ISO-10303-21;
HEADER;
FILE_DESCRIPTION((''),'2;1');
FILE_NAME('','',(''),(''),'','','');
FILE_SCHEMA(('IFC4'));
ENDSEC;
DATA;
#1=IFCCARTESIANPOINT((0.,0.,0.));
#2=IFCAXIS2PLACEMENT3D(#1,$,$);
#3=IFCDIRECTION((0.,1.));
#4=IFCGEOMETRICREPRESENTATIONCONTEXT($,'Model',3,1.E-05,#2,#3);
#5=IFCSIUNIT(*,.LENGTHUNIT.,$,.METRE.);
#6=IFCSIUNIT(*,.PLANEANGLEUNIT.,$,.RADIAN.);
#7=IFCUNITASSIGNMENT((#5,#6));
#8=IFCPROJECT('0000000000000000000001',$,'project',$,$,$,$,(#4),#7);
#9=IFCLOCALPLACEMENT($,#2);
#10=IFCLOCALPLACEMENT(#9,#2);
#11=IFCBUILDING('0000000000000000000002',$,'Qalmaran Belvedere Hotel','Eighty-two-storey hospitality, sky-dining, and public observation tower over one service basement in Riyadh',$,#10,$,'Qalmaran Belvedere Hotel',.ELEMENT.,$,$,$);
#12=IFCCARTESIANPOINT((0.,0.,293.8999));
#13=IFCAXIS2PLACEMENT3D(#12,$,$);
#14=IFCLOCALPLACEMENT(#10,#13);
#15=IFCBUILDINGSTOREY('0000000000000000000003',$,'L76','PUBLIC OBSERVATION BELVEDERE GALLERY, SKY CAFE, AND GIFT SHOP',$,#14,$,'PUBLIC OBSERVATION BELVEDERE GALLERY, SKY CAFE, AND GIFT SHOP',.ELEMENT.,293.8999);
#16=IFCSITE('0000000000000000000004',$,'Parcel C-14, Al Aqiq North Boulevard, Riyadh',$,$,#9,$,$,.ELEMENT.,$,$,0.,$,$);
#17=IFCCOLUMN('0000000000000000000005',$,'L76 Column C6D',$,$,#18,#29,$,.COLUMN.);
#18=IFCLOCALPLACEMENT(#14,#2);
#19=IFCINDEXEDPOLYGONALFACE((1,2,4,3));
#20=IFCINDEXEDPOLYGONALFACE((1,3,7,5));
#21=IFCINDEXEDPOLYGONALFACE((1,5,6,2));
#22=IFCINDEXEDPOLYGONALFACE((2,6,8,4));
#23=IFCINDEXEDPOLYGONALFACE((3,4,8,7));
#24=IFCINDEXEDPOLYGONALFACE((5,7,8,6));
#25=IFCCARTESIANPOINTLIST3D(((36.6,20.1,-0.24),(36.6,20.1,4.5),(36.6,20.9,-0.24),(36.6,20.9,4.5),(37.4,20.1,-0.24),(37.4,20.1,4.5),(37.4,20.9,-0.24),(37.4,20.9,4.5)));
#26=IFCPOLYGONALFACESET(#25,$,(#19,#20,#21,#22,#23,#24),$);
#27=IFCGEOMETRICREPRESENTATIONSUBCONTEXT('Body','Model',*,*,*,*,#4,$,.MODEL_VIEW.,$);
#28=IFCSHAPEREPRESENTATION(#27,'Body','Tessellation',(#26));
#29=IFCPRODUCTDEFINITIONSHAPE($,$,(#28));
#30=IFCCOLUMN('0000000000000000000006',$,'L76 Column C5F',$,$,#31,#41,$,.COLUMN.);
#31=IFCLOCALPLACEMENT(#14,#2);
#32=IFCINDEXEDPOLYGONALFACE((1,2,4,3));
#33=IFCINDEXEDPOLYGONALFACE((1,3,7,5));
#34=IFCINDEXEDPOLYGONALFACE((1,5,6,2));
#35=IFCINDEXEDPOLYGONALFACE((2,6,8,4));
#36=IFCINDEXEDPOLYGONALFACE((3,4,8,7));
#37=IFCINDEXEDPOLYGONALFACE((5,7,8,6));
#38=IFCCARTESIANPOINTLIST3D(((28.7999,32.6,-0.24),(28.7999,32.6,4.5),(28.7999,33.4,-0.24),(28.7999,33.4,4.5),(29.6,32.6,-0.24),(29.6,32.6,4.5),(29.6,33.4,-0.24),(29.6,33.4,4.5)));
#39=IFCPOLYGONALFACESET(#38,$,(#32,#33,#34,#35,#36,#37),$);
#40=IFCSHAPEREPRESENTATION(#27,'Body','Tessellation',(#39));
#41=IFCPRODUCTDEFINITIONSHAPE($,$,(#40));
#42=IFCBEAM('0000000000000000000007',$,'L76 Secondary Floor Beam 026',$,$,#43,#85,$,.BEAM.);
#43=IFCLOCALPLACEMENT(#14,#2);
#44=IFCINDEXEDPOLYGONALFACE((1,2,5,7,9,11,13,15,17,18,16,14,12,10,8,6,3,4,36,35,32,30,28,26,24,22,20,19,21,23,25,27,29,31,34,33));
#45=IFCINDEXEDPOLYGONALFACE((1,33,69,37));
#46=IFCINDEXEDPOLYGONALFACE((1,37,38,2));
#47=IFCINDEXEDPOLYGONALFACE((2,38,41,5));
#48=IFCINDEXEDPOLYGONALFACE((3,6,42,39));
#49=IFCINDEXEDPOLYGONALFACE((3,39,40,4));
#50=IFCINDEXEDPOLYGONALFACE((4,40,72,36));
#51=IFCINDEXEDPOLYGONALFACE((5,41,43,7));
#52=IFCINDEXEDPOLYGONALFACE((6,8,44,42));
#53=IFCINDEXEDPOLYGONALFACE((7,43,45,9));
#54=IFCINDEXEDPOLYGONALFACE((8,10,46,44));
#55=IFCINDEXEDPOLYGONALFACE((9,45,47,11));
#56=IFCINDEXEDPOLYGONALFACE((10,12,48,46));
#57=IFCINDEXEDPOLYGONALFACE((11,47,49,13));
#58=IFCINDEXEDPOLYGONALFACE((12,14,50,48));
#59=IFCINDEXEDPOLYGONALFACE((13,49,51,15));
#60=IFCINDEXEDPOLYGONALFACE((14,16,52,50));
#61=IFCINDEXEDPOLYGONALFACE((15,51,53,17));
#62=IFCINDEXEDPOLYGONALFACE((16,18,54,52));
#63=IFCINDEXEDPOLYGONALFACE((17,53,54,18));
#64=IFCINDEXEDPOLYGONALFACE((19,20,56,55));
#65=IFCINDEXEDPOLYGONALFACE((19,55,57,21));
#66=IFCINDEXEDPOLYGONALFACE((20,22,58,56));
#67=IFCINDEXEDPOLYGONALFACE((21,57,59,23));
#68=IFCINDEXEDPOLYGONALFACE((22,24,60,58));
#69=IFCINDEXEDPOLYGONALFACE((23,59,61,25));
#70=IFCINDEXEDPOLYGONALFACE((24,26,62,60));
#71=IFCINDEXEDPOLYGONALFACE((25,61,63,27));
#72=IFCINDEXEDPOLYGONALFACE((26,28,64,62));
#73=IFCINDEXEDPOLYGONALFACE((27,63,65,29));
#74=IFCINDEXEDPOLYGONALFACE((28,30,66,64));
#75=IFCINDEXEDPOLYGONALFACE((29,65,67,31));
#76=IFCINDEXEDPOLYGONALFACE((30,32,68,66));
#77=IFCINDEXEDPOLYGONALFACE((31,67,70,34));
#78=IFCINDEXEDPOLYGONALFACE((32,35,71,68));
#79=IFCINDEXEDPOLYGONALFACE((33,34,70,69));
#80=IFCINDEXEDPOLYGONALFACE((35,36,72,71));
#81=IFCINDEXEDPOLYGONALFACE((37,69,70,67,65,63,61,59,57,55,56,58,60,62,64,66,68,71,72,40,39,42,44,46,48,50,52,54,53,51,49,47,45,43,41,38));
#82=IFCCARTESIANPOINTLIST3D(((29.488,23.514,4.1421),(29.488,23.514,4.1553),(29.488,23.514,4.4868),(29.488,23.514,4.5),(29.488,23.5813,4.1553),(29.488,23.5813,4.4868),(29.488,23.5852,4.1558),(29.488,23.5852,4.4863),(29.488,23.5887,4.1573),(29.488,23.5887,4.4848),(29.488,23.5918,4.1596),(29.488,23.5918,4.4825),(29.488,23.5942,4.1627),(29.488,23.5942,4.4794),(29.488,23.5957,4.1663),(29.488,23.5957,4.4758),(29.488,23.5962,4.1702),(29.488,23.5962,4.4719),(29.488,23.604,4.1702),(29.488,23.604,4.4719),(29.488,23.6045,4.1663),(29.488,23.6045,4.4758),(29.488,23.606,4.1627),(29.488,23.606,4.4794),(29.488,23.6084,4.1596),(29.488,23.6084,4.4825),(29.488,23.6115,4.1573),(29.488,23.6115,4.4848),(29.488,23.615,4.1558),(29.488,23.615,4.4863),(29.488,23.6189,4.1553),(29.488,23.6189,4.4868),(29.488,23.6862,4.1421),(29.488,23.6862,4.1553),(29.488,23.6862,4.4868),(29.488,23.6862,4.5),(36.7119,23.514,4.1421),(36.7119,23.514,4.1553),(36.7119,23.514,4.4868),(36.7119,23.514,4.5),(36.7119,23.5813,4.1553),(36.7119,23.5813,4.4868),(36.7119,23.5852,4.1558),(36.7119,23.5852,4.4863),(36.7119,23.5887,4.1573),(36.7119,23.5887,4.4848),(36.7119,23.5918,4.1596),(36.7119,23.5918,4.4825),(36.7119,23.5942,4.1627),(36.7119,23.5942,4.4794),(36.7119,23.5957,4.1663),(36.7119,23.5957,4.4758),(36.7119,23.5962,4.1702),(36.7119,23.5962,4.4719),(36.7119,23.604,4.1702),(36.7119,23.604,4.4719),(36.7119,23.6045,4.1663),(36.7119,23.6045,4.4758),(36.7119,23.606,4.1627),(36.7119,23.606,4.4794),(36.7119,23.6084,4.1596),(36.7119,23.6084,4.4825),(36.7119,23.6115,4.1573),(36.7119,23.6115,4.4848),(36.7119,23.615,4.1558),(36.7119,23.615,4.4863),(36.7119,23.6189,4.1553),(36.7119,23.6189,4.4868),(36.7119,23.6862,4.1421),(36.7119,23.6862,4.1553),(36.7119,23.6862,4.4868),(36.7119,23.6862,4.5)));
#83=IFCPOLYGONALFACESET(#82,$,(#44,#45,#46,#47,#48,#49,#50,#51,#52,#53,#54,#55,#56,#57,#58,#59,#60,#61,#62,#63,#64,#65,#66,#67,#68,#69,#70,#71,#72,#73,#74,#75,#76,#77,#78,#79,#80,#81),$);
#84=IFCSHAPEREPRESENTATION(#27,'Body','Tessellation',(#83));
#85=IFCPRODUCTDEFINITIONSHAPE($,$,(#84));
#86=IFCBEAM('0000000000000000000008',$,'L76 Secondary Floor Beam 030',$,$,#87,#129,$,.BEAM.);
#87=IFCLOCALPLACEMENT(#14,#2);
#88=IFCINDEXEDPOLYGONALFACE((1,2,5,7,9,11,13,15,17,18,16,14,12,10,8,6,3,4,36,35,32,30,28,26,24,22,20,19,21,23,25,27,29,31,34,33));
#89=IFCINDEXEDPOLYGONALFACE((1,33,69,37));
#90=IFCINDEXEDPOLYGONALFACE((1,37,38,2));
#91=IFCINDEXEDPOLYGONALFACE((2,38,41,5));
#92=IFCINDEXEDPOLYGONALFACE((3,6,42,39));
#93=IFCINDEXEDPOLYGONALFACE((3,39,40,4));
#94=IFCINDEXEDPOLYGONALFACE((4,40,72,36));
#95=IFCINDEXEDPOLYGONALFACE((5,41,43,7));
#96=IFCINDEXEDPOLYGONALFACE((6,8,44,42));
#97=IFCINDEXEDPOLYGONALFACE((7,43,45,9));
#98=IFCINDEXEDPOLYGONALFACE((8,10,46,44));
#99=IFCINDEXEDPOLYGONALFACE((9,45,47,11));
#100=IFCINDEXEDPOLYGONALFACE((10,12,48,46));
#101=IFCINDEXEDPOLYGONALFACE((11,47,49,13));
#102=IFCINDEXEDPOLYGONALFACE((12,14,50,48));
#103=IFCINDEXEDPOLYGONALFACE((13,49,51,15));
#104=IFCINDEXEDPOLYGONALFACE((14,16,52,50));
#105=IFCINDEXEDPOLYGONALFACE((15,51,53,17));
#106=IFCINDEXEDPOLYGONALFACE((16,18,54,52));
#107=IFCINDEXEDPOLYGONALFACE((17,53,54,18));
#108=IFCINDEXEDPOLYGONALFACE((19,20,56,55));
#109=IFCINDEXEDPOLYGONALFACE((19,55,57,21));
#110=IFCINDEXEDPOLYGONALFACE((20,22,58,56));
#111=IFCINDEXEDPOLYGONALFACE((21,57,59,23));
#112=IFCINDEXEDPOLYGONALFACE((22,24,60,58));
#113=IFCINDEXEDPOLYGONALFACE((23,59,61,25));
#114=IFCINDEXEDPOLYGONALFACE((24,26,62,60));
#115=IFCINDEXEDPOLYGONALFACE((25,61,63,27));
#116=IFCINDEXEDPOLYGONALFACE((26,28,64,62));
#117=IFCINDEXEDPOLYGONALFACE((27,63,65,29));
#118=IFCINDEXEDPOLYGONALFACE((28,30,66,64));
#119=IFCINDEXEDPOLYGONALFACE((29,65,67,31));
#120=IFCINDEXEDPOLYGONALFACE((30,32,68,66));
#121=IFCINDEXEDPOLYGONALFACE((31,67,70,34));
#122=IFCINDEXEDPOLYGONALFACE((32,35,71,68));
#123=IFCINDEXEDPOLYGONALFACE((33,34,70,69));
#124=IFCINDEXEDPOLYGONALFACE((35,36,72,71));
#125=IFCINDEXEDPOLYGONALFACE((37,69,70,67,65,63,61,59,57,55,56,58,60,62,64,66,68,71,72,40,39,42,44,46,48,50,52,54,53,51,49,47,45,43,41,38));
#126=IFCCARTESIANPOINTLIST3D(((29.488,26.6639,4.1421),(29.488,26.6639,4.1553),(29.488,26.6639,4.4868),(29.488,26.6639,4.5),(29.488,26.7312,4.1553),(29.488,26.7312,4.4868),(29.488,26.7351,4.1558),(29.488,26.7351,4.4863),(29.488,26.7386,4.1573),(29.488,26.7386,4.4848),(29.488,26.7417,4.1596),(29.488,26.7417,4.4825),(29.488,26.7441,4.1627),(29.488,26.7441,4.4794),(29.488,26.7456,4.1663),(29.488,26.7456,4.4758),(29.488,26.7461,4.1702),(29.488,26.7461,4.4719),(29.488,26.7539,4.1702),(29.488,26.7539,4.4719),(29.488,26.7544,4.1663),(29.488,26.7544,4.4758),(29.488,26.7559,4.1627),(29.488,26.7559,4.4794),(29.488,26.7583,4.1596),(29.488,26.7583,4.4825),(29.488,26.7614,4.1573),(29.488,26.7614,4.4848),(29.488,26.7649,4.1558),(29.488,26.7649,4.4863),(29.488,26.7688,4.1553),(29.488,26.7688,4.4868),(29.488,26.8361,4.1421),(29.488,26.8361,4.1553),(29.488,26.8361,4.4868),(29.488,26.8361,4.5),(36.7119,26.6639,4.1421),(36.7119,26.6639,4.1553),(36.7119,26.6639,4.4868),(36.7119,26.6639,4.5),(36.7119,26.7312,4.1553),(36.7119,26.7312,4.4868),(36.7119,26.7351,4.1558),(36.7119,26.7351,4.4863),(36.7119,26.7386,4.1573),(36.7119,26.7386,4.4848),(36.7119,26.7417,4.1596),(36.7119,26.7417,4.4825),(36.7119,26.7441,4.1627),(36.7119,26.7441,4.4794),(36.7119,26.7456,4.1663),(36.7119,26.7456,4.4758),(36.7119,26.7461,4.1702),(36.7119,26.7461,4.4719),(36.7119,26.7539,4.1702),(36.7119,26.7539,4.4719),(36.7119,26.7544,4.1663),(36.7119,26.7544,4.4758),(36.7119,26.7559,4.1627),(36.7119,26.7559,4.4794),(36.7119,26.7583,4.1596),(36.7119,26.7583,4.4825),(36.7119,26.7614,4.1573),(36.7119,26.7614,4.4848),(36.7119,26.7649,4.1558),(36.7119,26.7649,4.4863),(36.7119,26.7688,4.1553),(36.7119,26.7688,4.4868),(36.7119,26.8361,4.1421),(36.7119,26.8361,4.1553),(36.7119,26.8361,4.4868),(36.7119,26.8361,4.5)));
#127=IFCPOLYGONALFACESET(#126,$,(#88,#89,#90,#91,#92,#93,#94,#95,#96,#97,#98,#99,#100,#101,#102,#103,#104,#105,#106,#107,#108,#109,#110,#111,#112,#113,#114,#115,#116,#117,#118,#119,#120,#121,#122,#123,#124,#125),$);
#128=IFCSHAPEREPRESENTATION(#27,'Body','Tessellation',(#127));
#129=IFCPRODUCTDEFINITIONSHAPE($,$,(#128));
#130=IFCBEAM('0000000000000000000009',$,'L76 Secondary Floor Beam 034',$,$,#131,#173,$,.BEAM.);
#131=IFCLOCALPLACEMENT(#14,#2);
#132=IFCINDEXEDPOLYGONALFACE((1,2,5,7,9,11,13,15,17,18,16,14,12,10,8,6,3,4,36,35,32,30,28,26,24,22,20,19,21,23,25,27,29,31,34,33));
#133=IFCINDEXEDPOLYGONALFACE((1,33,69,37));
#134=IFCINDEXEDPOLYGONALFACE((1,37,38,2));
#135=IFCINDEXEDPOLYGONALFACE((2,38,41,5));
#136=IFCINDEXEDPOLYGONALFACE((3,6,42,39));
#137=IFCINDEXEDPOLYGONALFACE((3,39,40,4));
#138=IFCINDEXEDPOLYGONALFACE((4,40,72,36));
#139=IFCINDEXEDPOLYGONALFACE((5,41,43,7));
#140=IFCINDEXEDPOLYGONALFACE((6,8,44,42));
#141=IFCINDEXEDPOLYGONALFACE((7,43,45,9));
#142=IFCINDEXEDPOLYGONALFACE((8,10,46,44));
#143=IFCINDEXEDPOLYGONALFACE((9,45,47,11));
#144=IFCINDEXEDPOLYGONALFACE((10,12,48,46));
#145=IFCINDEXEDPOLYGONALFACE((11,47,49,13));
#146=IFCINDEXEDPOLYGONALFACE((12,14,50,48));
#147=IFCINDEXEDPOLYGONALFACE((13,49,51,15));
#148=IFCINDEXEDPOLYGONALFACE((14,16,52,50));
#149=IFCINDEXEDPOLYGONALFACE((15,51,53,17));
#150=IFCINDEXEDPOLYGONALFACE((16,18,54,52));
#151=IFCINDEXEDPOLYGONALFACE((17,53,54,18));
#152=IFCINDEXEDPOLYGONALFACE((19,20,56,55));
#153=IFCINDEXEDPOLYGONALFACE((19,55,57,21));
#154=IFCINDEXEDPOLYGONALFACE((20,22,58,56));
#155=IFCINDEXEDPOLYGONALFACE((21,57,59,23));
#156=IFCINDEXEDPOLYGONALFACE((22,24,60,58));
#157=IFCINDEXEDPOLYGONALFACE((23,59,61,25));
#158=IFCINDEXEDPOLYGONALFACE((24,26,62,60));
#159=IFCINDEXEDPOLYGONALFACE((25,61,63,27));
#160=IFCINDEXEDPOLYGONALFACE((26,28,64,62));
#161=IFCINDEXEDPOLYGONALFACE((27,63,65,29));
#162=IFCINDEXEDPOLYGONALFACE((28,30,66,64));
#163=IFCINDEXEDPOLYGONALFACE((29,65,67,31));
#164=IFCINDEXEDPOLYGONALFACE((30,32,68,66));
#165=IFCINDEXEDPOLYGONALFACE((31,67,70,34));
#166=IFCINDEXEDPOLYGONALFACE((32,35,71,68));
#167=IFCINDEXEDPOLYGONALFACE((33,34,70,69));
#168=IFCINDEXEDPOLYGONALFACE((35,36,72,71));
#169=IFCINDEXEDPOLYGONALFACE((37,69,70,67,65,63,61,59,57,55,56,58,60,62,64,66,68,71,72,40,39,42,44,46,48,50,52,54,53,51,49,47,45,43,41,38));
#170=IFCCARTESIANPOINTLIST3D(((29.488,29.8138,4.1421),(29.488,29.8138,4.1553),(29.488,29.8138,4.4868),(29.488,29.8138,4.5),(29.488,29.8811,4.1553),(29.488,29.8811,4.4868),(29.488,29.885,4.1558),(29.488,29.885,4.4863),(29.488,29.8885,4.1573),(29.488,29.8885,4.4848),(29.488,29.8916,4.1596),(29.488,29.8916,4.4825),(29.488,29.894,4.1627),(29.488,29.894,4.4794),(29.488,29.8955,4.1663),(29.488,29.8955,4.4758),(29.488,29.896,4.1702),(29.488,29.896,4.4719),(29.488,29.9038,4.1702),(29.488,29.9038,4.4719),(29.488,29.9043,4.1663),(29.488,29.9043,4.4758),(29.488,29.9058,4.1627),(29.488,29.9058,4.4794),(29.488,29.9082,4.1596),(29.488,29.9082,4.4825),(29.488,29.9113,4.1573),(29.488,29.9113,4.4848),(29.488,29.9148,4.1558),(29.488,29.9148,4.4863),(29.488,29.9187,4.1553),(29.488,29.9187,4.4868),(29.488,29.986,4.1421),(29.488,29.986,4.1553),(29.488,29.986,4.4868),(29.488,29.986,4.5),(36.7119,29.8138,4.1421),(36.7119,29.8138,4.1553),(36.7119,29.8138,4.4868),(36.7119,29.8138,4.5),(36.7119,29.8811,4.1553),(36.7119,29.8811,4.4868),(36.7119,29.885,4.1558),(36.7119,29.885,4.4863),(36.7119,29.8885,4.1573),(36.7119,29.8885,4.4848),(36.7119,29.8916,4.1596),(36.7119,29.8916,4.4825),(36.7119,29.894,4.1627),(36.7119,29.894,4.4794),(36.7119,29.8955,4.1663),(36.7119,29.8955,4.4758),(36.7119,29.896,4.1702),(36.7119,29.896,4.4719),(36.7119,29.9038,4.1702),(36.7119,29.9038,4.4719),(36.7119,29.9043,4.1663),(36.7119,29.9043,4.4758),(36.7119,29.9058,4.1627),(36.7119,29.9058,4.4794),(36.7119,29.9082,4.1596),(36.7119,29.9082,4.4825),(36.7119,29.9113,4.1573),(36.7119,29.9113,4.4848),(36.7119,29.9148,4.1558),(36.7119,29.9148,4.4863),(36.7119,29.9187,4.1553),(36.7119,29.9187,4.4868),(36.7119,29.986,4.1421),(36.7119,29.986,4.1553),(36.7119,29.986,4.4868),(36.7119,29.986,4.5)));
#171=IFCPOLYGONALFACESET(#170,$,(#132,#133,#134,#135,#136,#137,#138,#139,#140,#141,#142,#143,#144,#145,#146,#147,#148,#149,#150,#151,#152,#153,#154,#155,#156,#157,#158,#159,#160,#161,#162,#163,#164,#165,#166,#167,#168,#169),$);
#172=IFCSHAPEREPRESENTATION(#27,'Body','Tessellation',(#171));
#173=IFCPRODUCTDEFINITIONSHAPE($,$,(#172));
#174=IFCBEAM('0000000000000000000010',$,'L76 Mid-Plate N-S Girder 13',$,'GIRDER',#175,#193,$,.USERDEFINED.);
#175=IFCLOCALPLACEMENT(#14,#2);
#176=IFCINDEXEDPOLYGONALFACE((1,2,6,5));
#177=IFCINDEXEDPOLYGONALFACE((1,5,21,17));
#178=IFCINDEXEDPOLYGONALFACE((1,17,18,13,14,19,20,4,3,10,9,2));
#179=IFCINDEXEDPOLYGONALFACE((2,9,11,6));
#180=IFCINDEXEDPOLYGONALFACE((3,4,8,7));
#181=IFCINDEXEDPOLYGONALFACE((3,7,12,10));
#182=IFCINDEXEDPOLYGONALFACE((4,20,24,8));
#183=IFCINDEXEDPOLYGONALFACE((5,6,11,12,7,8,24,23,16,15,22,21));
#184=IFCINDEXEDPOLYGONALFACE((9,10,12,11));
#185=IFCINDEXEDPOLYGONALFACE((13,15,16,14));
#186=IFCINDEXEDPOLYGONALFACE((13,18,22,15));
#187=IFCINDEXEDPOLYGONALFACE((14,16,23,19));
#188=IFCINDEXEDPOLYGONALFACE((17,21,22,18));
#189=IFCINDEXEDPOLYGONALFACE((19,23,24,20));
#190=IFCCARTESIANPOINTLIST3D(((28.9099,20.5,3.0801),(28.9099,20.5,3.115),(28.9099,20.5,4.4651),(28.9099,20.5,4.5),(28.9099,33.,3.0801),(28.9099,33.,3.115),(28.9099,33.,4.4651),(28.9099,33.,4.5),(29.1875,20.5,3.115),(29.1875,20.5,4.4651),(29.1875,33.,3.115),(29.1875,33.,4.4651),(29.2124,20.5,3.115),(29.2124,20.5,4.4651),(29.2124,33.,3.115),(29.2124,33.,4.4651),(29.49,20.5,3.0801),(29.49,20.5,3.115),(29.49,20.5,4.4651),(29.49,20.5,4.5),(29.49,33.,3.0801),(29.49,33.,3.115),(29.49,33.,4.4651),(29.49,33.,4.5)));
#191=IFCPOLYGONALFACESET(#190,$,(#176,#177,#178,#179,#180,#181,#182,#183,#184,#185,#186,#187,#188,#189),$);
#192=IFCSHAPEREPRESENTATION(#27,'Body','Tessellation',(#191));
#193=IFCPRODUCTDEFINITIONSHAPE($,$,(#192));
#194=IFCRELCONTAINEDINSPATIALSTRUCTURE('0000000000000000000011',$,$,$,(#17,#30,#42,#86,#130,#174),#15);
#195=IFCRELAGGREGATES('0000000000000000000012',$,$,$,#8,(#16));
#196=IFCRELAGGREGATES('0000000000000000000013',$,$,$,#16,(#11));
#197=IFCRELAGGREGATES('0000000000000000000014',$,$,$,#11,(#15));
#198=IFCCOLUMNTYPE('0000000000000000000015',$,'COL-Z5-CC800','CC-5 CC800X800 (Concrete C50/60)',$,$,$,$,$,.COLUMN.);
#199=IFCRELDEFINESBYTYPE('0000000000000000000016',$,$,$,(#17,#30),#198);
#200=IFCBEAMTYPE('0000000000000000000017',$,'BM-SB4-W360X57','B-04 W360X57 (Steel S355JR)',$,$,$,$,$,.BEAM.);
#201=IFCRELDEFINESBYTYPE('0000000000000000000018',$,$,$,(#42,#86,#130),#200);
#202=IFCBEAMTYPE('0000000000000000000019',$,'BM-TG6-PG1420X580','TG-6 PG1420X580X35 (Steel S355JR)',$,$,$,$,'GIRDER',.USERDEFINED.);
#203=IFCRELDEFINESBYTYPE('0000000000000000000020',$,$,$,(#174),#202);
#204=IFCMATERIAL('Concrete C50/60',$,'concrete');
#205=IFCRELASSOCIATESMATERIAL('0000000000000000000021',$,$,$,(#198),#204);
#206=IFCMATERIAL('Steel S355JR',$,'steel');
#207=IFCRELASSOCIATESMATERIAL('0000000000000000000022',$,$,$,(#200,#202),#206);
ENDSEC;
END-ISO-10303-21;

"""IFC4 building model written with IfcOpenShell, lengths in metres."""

from ifc_helpers import new_model, si_unit, direction, frame, origin, origin_2d, place, context, subcontext, project, spatial, rectangle, i_section, extrude, material, material_profile, profile_set, type_object, element, save


model = new_model("IFC4")

# Units and contexts
model_context = context("Model", 3, precision=1e-05, world=origin(), true_north=direction((0.0, 1.0)))
body_context = subcontext(model_context, "Body", "Model", "MODEL_VIEW")
ifc_project = project(units=[si_unit("LENGTHUNIT", "METRE"), si_unit("PLANEANGLEUNIT", "RADIAN")], contexts=[model_context])

# Site, building, storey
site_placement = place(None, origin())
site = spatial("IfcSite", under=ifc_project, at=site_placement, Name="Parcel C-14, Al Aqiq North Boulevard, Riyadh", CompositionType="ELEMENT", RefElevation=0.0)
building_placement = place(site_placement, origin())
building = spatial("IfcBuilding", under=site, at=building_placement, Name="Qalmaran Belvedere Hotel", Description="Eighty-two-storey hospitality, sky-dining, and public observation tower over one service basement in Riyadh", LongName="Qalmaran Belvedere Hotel", CompositionType="ELEMENT")
storey_placement = place(building_placement, frame((0.0, 0.0, 293.8999)))
storey = spatial("IfcBuildingStorey", under=building, at=storey_placement, Name="L76", Description="PUBLIC OBSERVATION BELVEDERE GALLERY, SKY CAFE, AND GIFT SHOP", LongName="PUBLIC OBSERVATION BELVEDERE GALLERY, SKY CAFE, AND GIFT SHOP", CompositionType="ELEMENT", Elevation=293.8999)

# Columns
ifc_material_1 = material(Name="Concrete C50/60", Category="concrete")
ifc_material_profile_1 = material_profile(ifc_material_1, rectangle(XDim=0.8, YDim=0.8, at=origin_2d()), Name="CC800X800")
ifc_profile_set_1 = profile_set([ifc_material_profile_1], Name="Concrete C50/60")
column_type = type_object("IfcColumnType", Name="COL-Z5-CC800", Description="CC-5 CC800X800 (Concrete C50/60)", PredefinedType="COLUMN", material=ifc_profile_set_1)
for number, where, z_axis, x_axis, name in (
    (1, (37.0, 20.5, -0.24), (0.0, 0.0, 1.0), (1.0, 0.0, 0.0), "L76 Column C6D"),
    (2, (29.2, 33.0, -0.24), (0.0, 0.0, 1.0), (1.0, 0.0, 0.0), "L76 Column C5F"),
):
    element("IfcColumn", number, at=place(storey_placement, frame(where, z_axis=z_axis, x_axis=x_axis)), inside=storey, type_object=column_type, Name=name, PredefinedType="COLUMN", context=body_context, shape_type="SweptSolid", body=[
        extrude(rectangle(XDim=0.8, YDim=0.8, at=origin_2d()), origin(), (0.0, 0.0, 1.0), 4.74),
    ])

# Beams
ifc_material_2 = material(Name="Steel S355JR", Category="steel")
ifc_material_profile_2 = material_profile(ifc_material_2, i_section(OverallWidth=0.1721, OverallDepth=0.3579, WebThickness=0.0078, FlangeThickness=0.0132, FilletRadius=0.0149, at=origin_2d()), Name="W360X57")
ifc_profile_set_2 = profile_set([ifc_material_profile_2], Name="Steel S355JR")
beam_type_1 = type_object("IfcBeamType", Name="BM-SB4-W360X57", Description="B-04 W360X57 (Steel S355JR)", PredefinedType="BEAM", material=ifc_profile_set_2)
for number, where, z_axis, x_axis, name in (
    (3, (29.488, 23.6001, 4.321), (1.0, 0.0, 0.0), (0.0, 1.0, 0.0), "L76 Secondary Floor Beam 026"),
    (4, (29.488, 26.75, 4.321), (1.0, 0.0, 0.0), (0.0, 1.0, 0.0), "L76 Secondary Floor Beam 030"),
    (5, (29.488, 29.8999, 4.321), (1.0, 0.0, 0.0), (0.0, 1.0, 0.0), "L76 Secondary Floor Beam 034"),
):
    element("IfcBeam", number, at=place(storey_placement, frame(where, z_axis=z_axis, x_axis=x_axis)), inside=storey, type_object=beam_type_1, Name=name, PredefinedType="BEAM", context=body_context, shape_type="SweptSolid", body=[
        extrude(i_section(OverallWidth=0.1721, OverallDepth=0.3579, WebThickness=0.0078, FlangeThickness=0.0132, FilletRadius=0.0149, at=origin_2d()), origin(), (0.0, 0.0, 1.0), 7.2239),
    ])
ifc_material_profile_3 = material_profile(ifc_material_2, i_section(OverallWidth=0.5801, OverallDepth=1.4199, WebThickness=0.0249, FlangeThickness=0.0349, at=origin_2d()), Name="PG1420X580X35")
ifc_profile_set_3 = profile_set([ifc_material_profile_3], Name="Steel S355JR")
beam_type_2 = type_object("IfcBeamType", Name="BM-TG6-PG1420X580", Description="TG-6 PG1420X580X35 (Steel S355JR)", ElementType="GIRDER", PredefinedType="USERDEFINED", material=ifc_profile_set_3)
beam_1_placement = place(storey_placement, frame((29.2, 20.5, 3.79), z_axis=(0.0, 1.0, 0.0), x_axis=(-1.0, 0.0, 0.0)))
element("IfcBeam", 6, at=beam_1_placement, inside=storey, type_object=beam_type_2, Name="L76 Mid-Plate N-S Girder 13", ObjectType="GIRDER", PredefinedType="USERDEFINED", context=body_context, shape_type="SweptSolid", body=[
    extrude(i_section(OverallWidth=0.5801, OverallDepth=1.4199, WebThickness=0.0249, FlangeThickness=0.0349, at=origin_2d()), origin(), (0.0, 0.0, 1.0), 12.5),
])

save(model, "model.ifc")
